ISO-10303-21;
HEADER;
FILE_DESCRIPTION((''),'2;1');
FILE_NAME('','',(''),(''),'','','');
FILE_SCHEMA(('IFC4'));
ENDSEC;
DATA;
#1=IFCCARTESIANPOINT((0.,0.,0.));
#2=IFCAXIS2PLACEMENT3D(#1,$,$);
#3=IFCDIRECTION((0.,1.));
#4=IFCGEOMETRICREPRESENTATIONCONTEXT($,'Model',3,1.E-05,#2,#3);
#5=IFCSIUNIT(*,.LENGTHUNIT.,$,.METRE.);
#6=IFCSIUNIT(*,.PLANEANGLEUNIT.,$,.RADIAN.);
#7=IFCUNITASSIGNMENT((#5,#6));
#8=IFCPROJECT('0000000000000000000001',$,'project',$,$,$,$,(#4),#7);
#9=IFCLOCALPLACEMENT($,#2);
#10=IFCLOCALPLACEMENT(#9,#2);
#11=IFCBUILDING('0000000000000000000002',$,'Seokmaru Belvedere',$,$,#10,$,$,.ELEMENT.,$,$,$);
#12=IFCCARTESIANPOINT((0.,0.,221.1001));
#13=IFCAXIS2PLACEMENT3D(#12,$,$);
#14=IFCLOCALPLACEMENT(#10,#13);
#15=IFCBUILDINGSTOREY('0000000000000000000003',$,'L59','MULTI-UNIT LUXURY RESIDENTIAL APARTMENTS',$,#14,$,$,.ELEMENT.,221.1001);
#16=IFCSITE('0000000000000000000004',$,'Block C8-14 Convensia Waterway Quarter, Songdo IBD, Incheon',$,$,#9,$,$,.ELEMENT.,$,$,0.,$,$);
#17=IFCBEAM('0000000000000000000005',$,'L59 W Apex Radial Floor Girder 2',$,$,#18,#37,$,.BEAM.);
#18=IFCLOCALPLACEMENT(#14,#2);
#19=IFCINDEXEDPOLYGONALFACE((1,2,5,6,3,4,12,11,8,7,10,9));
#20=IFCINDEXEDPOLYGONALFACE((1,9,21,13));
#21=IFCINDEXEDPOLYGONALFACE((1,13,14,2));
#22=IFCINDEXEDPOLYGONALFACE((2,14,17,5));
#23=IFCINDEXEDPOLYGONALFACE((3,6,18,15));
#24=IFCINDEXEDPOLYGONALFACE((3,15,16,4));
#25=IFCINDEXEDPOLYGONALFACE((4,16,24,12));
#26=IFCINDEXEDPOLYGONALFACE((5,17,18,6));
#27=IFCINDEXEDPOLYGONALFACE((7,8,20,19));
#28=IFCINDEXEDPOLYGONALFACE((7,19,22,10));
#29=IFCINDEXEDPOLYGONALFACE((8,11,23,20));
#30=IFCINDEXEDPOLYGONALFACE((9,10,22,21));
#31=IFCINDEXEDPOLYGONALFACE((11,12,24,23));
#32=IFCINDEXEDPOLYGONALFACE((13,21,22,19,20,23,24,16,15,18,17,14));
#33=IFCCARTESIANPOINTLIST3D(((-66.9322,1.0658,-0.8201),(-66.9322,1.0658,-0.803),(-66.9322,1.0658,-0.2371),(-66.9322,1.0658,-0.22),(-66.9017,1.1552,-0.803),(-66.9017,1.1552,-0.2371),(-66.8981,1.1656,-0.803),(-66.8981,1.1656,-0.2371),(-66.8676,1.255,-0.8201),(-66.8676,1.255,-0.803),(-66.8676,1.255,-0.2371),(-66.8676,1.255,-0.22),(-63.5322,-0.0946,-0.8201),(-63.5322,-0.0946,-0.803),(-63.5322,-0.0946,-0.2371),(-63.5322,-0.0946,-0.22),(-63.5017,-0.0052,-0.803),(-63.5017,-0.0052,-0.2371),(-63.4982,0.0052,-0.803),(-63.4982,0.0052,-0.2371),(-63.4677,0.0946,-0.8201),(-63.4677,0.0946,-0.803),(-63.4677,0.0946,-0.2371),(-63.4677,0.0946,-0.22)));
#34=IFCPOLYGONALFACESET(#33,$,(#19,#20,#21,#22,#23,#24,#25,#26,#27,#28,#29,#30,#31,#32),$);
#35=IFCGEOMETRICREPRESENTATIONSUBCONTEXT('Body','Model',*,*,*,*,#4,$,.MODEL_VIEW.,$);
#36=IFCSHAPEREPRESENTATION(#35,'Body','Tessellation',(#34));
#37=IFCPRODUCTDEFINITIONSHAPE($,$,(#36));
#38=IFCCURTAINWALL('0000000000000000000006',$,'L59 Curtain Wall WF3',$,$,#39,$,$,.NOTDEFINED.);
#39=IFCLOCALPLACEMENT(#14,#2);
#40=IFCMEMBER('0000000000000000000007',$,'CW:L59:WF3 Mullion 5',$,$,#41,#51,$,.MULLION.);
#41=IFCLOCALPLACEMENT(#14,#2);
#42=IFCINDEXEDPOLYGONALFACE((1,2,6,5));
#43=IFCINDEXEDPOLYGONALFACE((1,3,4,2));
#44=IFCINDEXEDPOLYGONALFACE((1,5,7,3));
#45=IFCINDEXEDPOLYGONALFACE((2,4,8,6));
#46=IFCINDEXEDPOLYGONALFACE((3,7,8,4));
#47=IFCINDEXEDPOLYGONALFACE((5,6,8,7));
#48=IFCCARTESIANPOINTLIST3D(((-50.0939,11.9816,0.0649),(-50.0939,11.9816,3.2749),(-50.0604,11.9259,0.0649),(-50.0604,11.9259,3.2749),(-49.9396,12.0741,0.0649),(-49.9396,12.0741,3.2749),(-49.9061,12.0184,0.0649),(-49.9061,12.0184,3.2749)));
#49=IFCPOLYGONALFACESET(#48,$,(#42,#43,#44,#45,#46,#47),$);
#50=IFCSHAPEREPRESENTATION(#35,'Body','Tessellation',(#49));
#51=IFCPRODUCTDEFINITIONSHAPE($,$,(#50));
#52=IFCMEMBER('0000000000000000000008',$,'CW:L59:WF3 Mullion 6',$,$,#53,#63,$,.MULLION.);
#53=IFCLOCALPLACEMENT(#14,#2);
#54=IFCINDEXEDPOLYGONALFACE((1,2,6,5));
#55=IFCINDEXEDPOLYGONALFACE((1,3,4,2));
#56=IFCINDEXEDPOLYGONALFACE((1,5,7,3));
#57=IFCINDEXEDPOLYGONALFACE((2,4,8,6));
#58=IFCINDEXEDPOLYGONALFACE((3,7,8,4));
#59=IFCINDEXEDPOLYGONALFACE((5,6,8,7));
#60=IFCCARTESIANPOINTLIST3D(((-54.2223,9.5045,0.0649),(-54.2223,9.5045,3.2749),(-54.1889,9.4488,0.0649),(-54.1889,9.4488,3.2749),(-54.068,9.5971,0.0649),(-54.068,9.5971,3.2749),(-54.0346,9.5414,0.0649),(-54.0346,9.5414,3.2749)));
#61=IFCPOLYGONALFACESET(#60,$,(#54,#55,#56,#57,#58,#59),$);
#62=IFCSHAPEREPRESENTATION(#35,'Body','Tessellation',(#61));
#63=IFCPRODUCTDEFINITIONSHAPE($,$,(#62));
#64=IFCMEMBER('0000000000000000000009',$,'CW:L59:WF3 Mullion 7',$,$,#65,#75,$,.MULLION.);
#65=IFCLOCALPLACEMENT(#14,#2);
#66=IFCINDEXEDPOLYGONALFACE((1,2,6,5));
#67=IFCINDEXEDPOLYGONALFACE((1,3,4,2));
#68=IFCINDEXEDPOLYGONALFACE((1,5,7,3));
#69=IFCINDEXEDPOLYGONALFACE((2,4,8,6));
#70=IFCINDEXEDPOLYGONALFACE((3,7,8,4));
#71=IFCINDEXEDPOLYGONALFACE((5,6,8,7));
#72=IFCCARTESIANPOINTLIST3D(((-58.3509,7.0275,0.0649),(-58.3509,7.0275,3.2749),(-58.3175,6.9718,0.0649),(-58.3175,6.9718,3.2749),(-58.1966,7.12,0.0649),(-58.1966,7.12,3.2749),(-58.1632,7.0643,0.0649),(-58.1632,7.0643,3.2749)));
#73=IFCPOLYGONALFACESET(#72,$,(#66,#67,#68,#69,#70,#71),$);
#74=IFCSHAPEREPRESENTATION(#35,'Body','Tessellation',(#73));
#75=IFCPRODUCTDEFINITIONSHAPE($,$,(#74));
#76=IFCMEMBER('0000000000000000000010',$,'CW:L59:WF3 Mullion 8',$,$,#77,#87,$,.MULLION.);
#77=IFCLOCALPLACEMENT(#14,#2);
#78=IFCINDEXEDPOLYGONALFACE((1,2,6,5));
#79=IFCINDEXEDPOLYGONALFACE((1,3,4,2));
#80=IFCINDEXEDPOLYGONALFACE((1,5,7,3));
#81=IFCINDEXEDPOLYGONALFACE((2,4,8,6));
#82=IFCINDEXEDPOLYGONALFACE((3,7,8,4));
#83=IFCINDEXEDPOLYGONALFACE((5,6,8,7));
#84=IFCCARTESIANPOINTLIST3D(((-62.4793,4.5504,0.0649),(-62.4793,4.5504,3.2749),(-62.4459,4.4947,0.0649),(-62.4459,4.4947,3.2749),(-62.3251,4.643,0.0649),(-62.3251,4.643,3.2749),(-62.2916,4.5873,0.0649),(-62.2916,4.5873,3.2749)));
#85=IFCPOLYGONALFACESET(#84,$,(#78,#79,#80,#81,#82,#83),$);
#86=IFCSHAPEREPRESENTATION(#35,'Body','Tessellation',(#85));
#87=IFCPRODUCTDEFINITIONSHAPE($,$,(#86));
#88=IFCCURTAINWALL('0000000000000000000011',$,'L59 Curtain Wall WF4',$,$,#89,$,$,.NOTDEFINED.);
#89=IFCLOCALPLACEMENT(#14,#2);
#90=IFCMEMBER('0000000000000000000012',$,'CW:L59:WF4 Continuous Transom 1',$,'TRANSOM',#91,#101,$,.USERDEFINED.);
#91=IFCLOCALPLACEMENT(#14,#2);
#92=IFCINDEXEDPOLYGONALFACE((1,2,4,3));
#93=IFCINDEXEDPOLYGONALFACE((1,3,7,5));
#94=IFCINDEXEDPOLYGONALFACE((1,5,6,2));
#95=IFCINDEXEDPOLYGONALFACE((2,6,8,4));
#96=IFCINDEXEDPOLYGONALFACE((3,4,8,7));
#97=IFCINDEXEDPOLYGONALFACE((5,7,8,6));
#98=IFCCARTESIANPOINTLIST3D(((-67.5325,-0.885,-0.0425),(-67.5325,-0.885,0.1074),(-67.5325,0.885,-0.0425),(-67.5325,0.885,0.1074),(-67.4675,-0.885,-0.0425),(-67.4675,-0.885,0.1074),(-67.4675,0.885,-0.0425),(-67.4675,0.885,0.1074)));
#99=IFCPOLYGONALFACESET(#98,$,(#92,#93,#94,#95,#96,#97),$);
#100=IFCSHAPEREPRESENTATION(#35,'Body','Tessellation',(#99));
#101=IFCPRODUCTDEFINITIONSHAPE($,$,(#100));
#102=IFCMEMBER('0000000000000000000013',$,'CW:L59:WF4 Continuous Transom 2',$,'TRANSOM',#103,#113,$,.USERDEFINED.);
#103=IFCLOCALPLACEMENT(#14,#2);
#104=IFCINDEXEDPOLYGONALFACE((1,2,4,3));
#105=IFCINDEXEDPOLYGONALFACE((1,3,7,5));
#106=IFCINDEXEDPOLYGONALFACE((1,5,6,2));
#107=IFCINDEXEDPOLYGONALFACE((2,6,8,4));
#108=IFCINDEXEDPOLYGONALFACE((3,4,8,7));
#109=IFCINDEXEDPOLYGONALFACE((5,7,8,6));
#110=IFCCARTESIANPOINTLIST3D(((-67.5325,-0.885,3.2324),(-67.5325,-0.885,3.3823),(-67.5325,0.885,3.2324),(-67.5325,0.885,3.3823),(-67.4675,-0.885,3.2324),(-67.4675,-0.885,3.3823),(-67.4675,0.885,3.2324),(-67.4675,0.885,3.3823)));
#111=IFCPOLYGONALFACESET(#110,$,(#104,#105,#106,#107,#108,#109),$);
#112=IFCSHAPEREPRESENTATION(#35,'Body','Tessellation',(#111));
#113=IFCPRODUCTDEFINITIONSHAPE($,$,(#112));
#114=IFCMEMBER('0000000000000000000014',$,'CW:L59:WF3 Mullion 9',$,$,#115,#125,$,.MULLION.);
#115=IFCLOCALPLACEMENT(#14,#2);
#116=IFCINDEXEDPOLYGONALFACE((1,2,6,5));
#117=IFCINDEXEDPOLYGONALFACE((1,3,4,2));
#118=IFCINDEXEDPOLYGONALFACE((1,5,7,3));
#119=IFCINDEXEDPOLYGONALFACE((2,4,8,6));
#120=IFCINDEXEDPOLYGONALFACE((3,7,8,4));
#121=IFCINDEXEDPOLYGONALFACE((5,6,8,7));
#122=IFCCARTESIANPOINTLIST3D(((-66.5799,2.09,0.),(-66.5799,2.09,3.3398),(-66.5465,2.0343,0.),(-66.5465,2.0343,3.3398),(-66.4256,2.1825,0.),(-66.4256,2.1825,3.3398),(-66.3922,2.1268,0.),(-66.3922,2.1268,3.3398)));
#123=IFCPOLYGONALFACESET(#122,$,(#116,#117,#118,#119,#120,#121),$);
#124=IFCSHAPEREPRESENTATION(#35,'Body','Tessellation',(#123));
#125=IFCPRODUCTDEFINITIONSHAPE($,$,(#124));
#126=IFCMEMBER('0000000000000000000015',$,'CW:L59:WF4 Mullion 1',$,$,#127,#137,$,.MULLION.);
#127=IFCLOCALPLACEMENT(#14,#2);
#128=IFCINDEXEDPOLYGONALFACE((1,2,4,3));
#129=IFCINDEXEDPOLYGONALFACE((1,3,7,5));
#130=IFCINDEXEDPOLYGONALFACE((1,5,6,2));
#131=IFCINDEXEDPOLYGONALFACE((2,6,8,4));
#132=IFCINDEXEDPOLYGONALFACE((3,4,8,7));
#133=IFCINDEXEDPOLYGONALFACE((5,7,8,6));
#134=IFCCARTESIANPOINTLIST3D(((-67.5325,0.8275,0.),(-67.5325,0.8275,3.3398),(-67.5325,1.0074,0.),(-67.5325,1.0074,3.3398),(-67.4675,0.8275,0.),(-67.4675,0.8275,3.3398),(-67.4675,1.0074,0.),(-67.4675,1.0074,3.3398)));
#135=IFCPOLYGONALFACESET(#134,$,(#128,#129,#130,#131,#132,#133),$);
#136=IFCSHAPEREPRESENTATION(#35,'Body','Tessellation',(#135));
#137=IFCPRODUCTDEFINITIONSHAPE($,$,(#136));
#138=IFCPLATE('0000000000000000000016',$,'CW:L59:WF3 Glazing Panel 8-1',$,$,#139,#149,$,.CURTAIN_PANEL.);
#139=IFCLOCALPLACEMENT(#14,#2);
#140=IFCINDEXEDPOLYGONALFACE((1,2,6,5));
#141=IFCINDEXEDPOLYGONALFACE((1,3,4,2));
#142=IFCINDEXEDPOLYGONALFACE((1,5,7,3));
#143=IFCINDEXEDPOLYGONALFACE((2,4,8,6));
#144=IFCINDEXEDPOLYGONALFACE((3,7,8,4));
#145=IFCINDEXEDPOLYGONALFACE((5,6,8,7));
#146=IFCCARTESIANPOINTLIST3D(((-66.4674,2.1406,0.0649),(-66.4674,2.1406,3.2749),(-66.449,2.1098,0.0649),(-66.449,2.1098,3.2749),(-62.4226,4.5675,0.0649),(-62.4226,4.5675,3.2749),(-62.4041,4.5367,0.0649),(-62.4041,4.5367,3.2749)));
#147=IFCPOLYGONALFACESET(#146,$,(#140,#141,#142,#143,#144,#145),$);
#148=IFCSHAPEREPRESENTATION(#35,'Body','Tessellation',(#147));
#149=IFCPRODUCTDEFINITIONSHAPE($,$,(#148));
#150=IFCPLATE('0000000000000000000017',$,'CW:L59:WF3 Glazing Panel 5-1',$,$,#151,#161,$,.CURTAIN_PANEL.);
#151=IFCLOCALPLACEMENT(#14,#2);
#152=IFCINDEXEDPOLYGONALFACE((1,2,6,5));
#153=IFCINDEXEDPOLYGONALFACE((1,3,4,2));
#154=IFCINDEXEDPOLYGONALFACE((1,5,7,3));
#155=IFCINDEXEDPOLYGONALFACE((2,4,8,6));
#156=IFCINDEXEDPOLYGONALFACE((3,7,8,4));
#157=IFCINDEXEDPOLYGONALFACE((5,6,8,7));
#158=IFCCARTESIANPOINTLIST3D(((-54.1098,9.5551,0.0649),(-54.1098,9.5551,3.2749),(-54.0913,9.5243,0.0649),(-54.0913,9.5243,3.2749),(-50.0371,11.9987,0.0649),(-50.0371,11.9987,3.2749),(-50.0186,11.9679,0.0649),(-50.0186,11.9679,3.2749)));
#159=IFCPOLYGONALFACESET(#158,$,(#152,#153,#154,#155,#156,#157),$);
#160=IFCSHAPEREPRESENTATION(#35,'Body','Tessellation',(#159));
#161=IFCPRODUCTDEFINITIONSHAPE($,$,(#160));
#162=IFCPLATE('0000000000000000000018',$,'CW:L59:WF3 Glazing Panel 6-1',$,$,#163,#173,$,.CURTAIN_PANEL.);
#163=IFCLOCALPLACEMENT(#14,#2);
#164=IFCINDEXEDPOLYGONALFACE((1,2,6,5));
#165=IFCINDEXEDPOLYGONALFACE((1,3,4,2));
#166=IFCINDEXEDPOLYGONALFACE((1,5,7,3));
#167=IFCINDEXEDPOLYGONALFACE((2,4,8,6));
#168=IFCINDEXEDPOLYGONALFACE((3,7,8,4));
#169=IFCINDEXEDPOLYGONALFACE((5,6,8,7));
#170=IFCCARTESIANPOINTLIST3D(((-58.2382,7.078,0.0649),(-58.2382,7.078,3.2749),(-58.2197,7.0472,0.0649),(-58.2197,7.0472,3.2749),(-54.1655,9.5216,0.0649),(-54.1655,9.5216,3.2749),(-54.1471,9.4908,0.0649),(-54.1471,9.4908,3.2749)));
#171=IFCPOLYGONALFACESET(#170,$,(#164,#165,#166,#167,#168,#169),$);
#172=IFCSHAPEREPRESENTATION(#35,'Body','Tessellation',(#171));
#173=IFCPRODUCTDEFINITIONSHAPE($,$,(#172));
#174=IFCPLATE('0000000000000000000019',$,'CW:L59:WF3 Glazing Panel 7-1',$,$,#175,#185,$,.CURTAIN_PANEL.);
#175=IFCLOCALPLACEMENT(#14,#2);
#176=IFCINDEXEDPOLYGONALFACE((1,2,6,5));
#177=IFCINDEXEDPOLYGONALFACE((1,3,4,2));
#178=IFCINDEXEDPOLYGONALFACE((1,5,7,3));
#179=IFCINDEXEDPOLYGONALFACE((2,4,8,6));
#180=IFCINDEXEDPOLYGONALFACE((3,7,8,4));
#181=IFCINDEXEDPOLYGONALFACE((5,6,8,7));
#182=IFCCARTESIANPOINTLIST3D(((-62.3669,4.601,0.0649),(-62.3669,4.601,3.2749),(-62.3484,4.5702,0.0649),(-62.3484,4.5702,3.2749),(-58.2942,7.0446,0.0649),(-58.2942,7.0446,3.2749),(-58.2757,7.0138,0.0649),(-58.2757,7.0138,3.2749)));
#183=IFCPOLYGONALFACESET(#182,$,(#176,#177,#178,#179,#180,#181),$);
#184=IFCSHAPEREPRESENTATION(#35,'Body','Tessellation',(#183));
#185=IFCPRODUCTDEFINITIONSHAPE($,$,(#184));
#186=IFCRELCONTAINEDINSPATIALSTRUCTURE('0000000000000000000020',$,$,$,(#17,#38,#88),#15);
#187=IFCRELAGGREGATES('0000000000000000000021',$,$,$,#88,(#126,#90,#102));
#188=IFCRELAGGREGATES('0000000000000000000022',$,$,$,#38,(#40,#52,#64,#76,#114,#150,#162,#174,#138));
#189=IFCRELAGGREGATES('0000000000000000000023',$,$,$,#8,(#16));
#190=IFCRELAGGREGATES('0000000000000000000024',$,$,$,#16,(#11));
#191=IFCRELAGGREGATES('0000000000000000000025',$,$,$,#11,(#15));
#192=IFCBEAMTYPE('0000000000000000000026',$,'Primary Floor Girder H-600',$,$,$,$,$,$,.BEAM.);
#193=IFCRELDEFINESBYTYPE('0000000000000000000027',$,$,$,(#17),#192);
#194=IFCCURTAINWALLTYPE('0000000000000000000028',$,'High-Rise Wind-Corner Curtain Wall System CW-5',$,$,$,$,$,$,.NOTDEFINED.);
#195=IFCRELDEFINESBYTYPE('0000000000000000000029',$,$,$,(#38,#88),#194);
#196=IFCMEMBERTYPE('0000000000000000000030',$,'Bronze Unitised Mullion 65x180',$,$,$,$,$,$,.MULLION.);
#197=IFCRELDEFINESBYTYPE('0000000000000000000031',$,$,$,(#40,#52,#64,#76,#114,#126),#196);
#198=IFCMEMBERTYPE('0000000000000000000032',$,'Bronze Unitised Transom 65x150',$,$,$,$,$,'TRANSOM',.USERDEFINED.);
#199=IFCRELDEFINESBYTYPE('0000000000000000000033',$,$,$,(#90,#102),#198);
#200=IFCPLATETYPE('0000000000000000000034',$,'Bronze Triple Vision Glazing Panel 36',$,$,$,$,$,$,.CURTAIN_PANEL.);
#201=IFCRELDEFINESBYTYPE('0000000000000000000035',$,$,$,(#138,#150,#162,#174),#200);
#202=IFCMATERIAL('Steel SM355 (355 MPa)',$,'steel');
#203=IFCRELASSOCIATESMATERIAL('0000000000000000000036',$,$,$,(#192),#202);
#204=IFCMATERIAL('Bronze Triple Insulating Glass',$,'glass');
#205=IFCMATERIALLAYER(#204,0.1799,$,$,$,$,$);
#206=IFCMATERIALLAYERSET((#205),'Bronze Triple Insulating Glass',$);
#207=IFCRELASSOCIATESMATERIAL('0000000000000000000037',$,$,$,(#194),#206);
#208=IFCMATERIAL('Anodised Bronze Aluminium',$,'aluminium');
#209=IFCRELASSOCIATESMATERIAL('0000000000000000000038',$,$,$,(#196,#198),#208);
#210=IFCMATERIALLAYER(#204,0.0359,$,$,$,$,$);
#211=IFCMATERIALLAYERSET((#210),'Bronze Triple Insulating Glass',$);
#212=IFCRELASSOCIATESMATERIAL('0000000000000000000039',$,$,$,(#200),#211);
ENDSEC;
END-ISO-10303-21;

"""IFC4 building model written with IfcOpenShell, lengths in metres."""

from ifc_helpers import new_model, si_unit, direction, frame, origin, origin_2d, place, context, subcontext, project, spatial, rectangle, i_section, extrude, source, transform, mapped, material, layer, layer_set, material_profile, profile_set, type_object, type_shapes, element, aggregate, save


model = new_model("IFC4")

# Units and contexts
model_context = context("Model", 3, precision=1e-05, world=origin(), true_north=direction((0.0, 1.0)))
body_context = subcontext(model_context, "Body", "Model", "MODEL_VIEW")
ifc_project = project(units=[si_unit("LENGTHUNIT", "METRE"), si_unit("PLANEANGLEUNIT", "RADIAN")], contexts=[model_context])

# Site, building, storey
site_placement = place(None, origin())
site = spatial("IfcSite", under=ifc_project, at=site_placement, Name="Block C8-14 Convensia Waterway Quarter, Songdo IBD, Incheon", CompositionType="ELEMENT", RefElevation=0.0)
building_placement = place(site_placement, origin())
building = spatial("IfcBuilding", under=site, at=building_placement, Name="Seokmaru Belvedere", CompositionType="ELEMENT")
storey_placement = place(building_placement, frame((0.0, 0.0, 221.1001)))
storey = spatial("IfcBuildingStorey", under=building, at=storey_placement, Name="L59", Description="MULTI-UNIT LUXURY RESIDENTIAL APARTMENTS", CompositionType="ELEMENT", Elevation=221.1001)

# Shared definitions
ifc_material_1 = material(Name="Steel SM355 (355 MPa)", Category="steel")

# Beam
ifc_material_profile_1 = material_profile(ifc_material_1, i_section(OverallWidth=0.2, OverallDepth=0.6001, WebThickness=0.011, FlangeThickness=0.0171, at=origin_2d()), Name="H-600x200x11x17")
ifc_profile_set_1 = profile_set([ifc_material_profile_1], Name="Steel SM355 (355 MPa)")
beam_type_1 = type_object("IfcBeamType", Name="Primary Floor Girder H-600", PredefinedType="BEAM", material=ifc_profile_set_1)
shared_shape_1 = source(origin(), body_context, "Body", "SweptSolid", [
    extrude(i_section(OverallWidth=0.2, OverallDepth=0.6001, WebThickness=0.011, FlangeThickness=0.0171, at=origin_2d()), origin(), (0.0, 0.0, 1.0), 3.5925),
])
beam_1_placement = place(storey_placement, frame((-66.8999, 1.1604, -0.52), z_axis=(0.946396, -0.323009, 0.0), x_axis=(0.323009, 0.946396, 0.0)))
element("IfcBeam", 1, at=beam_1_placement, inside=storey, type_object=beam_type_1, Name="L59 W Apex Radial Floor Girder 2", PredefinedType="BEAM", context=body_context, shape_type="MappedRepresentation", body=[
    mapped(shared_shape_1, transform((0.0, 0.0, 0.0), scale=1.0)),
])

# Curtain walls, members
ifc_material_2 = material(Name="Bronze Triple Insulating Glass", Category="glass")
ifc_layer_1 = layer(ifc_material_2, 0.1799)
ifc_layer_set_1 = layer_set([ifc_layer_1], Name="Bronze Triple Insulating Glass")
curtain_wall_type = type_object("IfcCurtainWallType", Name="High-Rise Wind-Corner Curtain Wall System CW-5", PredefinedType="NOTDEFINED", material=ifc_layer_set_1)
curtain_wall_1_placement = place(storey_placement, origin())
curtain_wall_1 = element("IfcCurtainWall", 2, at=curtain_wall_1_placement, inside=storey, type_object=curtain_wall_type, Name="L59 Curtain Wall WF3", PredefinedType="NOTDEFINED")
ifc_material_3 = material(Name="Anodised Bronze Aluminium", Category="aluminium")
ifc_material_profile_2 = material_profile(ifc_material_3, rectangle(XDim=0.0649, YDim=0.1799, at=origin_2d()), Name="CW-M-65x180")
ifc_profile_set_2 = profile_set([ifc_material_profile_2], Name="Anodised Bronze Aluminium")
member_type_1 = type_object("IfcMemberType", Name="Bronze Unitised Mullion 65x180", PredefinedType="MULLION", material=ifc_profile_set_2)
shared_shape_2 = source(origin(), body_context, "Body", "SweptSolid", [
    extrude(rectangle(XDim=0.0649, YDim=0.1799, at=origin_2d()), origin(), (0.0, 0.0, 1.0), 3.21),
])
member_1_placement = place(storey_placement, frame((-50.0, 12.0, 0.0649), z_axis=(0.0, 0.0, 1.0), x_axis=(0.514495, -0.857493, 0.0)))
member_1 = element("IfcMember", 3, at=member_1_placement, type_object=member_type_1, Name="CW:L59:WF3 Mullion 5", PredefinedType="MULLION", context=body_context, shape_type="MappedRepresentation", body=[
    mapped(shared_shape_2, transform((0.0, 0.0, 0.0), scale=1.0)),
])
member_2_placement = place(storey_placement, frame((-54.1284, 9.5229, 0.0649), z_axis=(0.0, 0.0, 1.0), x_axis=(0.514495, -0.857493, 0.0)))
member_2 = element("IfcMember", 4, at=member_2_placement, type_object=member_type_1, Name="CW:L59:WF3 Mullion 6", PredefinedType="MULLION", context=body_context, shape_type="MappedRepresentation", body=[
    mapped(shared_shape_2, transform((0.0, 0.0, 0.0), scale=1.0)),
])
member_3_placement = place(storey_placement, frame((-58.2571, 7.0459, 0.0649), z_axis=(0.0, 0.0, 1.0), x_axis=(0.514495, -0.857493, 0.0)))
member_3 = element("IfcMember", 5, at=member_3_placement, type_object=member_type_1, Name="CW:L59:WF3 Mullion 7", PredefinedType="MULLION", context=body_context, shape_type="MappedRepresentation", body=[
    mapped(shared_shape_2, transform((0.0, 0.0, 0.0), scale=1.0)),
])
member_4_placement = place(storey_placement, frame((-62.3855, 4.5688, 0.0649), z_axis=(0.0, 0.0, 1.0), x_axis=(0.514495, -0.857493, 0.0)))
member_4 = element("IfcMember", 6, at=member_4_placement, type_object=member_type_1, Name="CW:L59:WF3 Mullion 8", PredefinedType="MULLION", context=body_context, shape_type="MappedRepresentation", body=[
    mapped(shared_shape_2, transform((0.0, 0.0, 0.0), scale=1.0)),
])
curtain_wall_2_placement = place(storey_placement, origin())
curtain_wall_2 = element("IfcCurtainWall", 7, at=curtain_wall_2_placement, inside=storey, type_object=curtain_wall_type, Name="L59 Curtain Wall WF4", PredefinedType="NOTDEFINED")
ifc_material_profile_3 = material_profile(ifc_material_3, rectangle(XDim=0.0649, YDim=0.1499, at=origin_2d()), Name="CW-T-65x150")
ifc_profile_set_3 = profile_set([ifc_material_profile_3], Name="Anodised Bronze Aluminium")
member_type_2 = type_object("IfcMemberType", Name="Bronze Unitised Transom 65x150", ElementType="TRANSOM", PredefinedType="USERDEFINED", material=ifc_profile_set_3)
shared_shape_3 = source(origin(), body_context, "Body", "SweptSolid", [
    extrude(rectangle(XDim=0.0649, YDim=0.1499, at=origin_2d()), origin(), (0.0, 0.0, 1.0), 1.77),
])
type_shapes(member_type_2, [shared_shape_3])
member_5_placement = place(storey_placement, frame((-67.5, 0.885, 0.0325), z_axis=(0.0, -1.0, 0.0), x_axis=(1.0, 0.0, 0.0)))
member_5 = element("IfcMember", 8, at=member_5_placement, type_object=member_type_2, Name="CW:L59:WF4 Continuous Transom 1", ObjectType="TRANSOM", PredefinedType="USERDEFINED", context=body_context, shape_type="MappedRepresentation", body=[
    mapped(shared_shape_3, transform((0.0, 0.0, 0.0), scale=1.0)),
])
member_6_placement = place(storey_placement, frame((-67.5, 0.885, 3.3074), z_axis=(0.0, -1.0, 0.0), x_axis=(1.0, 0.0, 0.0)))
member_6 = element("IfcMember", 9, at=member_6_placement, type_object=member_type_2, Name="CW:L59:WF4 Continuous Transom 2", ObjectType="TRANSOM", PredefinedType="USERDEFINED", context=body_context, shape_type="MappedRepresentation", body=[
    mapped(shared_shape_3, transform((0.0, 0.0, 0.0), scale=1.0)),
])

# Members
shared_shape_4 = source(origin(), body_context, "Body", "SweptSolid", [
    extrude(rectangle(XDim=0.0649, YDim=0.1799, at=origin_2d()), origin(), (0.0, 0.0, 1.0), 3.3398),
])
type_shapes(member_type_1, [shared_shape_2, shared_shape_4])
member_7_placement = place(storey_placement, frame((-66.4861, 2.1084, 0.0), z_axis=(0.0, 0.0, 1.0), x_axis=(0.514495, -0.857493, 0.0)))
member_7 = element("IfcMember", 10, at=member_7_placement, type_object=member_type_1, Name="CW:L59:WF3 Mullion 9", PredefinedType="MULLION", context=body_context, shape_type="MappedRepresentation", body=[
    mapped(shared_shape_4, transform((0.0, 0.0, 0.0), scale=1.0)),
])
member_8_placement = place(storey_placement, frame((-67.5, 0.9175, 0.0), z_axis=(0.0, 0.0, 1.0), x_axis=(1.0, 0.0, 0.0)))
member_8 = element("IfcMember", 11, at=member_8_placement, type_object=member_type_1, Name="CW:L59:WF4 Mullion 1", PredefinedType="MULLION", context=body_context, shape_type="MappedRepresentation", body=[
    mapped(shared_shape_4, transform((0.0, 0.0, 0.0), scale=1.0)),
])
aggregate(curtain_wall_2, [member_8, member_5, member_6])

# Plates
ifc_layer_2 = layer(ifc_material_2, 0.0359)
ifc_layer_set_2 = layer_set([ifc_layer_2], Name="Bronze Triple Insulating Glass")
plate_type = type_object("IfcPlateType", Name="Bronze Triple Vision Glazing Panel 36", PredefinedType="CURTAIN_PANEL", material=ifc_layer_set_2)
shared_shape_5 = source(origin(), body_context, "Body", "SweptSolid", [
    extrude(rectangle(XDim=4.717, YDim=0.0359, at=origin_2d()), origin(), (0.0, 0.0, 1.0), 3.21),
])
plate_1_placement = place(storey_placement, frame((-64.4358, 3.3386, 0.0649), z_axis=(0.0, 0.0, 1.0), x_axis=(-0.857493, -0.514495, 0.0)))
plate_1 = element("IfcPlate", 12, at=plate_1_placement, type_object=plate_type, Name="CW:L59:WF3 Glazing Panel 8-1", PredefinedType="CURTAIN_PANEL", context=body_context, shape_type="MappedRepresentation", body=[
    mapped(shared_shape_5, transform((0.0, 0.0, 0.0), scale=1.0)),
])
shared_shape_6 = source(origin(), body_context, "Body", "SweptSolid", [
    extrude(rectangle(XDim=4.7495, YDim=0.0359, at=origin_2d()), origin(), (0.0, 0.0, 1.0), 3.21),
])
type_shapes(plate_type, [shared_shape_5, shared_shape_6])
plate_2_placement = place(storey_placement, frame((-52.0642, 10.7615, 0.0649), z_axis=(0.0, 0.0, 1.0), x_axis=(-0.857493, -0.514495, 0.0)))
plate_2 = element("IfcPlate", 13, at=plate_2_placement, type_object=plate_type, Name="CW:L59:WF3 Glazing Panel 5-1", PredefinedType="CURTAIN_PANEL", context=body_context, shape_type="MappedRepresentation", body=[
    mapped(shared_shape_6, transform((0.0, 0.0, 0.0), scale=1.0)),
])
plate_3_placement = place(storey_placement, frame((-56.1926, 8.2844, 0.0649), z_axis=(0.0, 0.0, 1.0), x_axis=(-0.857493, -0.514495, 0.0)))
plate_3 = element("IfcPlate", 14, at=plate_3_placement, type_object=plate_type, Name="CW:L59:WF3 Glazing Panel 6-1", PredefinedType="CURTAIN_PANEL", context=body_context, shape_type="MappedRepresentation", body=[
    mapped(shared_shape_6, transform((0.0, 0.0, 0.0), scale=1.0)),
])
plate_4_placement = place(storey_placement, frame((-60.3213, 5.8074, 0.0649), z_axis=(0.0, 0.0, 1.0), x_axis=(-0.857493, -0.514495, 0.0)))
plate_4 = element("IfcPlate", 15, at=plate_4_placement, type_object=plate_type, Name="CW:L59:WF3 Glazing Panel 7-1", PredefinedType="CURTAIN_PANEL", context=body_context, shape_type="MappedRepresentation", body=[
    mapped(shared_shape_6, transform((0.0, 0.0, 0.0), scale=1.0)),
])
aggregate(curtain_wall_1, [member_1, member_2, member_3, member_4, member_7, plate_2, plate_3, plate_4, plate_1])

save(model, "model.ifc")
